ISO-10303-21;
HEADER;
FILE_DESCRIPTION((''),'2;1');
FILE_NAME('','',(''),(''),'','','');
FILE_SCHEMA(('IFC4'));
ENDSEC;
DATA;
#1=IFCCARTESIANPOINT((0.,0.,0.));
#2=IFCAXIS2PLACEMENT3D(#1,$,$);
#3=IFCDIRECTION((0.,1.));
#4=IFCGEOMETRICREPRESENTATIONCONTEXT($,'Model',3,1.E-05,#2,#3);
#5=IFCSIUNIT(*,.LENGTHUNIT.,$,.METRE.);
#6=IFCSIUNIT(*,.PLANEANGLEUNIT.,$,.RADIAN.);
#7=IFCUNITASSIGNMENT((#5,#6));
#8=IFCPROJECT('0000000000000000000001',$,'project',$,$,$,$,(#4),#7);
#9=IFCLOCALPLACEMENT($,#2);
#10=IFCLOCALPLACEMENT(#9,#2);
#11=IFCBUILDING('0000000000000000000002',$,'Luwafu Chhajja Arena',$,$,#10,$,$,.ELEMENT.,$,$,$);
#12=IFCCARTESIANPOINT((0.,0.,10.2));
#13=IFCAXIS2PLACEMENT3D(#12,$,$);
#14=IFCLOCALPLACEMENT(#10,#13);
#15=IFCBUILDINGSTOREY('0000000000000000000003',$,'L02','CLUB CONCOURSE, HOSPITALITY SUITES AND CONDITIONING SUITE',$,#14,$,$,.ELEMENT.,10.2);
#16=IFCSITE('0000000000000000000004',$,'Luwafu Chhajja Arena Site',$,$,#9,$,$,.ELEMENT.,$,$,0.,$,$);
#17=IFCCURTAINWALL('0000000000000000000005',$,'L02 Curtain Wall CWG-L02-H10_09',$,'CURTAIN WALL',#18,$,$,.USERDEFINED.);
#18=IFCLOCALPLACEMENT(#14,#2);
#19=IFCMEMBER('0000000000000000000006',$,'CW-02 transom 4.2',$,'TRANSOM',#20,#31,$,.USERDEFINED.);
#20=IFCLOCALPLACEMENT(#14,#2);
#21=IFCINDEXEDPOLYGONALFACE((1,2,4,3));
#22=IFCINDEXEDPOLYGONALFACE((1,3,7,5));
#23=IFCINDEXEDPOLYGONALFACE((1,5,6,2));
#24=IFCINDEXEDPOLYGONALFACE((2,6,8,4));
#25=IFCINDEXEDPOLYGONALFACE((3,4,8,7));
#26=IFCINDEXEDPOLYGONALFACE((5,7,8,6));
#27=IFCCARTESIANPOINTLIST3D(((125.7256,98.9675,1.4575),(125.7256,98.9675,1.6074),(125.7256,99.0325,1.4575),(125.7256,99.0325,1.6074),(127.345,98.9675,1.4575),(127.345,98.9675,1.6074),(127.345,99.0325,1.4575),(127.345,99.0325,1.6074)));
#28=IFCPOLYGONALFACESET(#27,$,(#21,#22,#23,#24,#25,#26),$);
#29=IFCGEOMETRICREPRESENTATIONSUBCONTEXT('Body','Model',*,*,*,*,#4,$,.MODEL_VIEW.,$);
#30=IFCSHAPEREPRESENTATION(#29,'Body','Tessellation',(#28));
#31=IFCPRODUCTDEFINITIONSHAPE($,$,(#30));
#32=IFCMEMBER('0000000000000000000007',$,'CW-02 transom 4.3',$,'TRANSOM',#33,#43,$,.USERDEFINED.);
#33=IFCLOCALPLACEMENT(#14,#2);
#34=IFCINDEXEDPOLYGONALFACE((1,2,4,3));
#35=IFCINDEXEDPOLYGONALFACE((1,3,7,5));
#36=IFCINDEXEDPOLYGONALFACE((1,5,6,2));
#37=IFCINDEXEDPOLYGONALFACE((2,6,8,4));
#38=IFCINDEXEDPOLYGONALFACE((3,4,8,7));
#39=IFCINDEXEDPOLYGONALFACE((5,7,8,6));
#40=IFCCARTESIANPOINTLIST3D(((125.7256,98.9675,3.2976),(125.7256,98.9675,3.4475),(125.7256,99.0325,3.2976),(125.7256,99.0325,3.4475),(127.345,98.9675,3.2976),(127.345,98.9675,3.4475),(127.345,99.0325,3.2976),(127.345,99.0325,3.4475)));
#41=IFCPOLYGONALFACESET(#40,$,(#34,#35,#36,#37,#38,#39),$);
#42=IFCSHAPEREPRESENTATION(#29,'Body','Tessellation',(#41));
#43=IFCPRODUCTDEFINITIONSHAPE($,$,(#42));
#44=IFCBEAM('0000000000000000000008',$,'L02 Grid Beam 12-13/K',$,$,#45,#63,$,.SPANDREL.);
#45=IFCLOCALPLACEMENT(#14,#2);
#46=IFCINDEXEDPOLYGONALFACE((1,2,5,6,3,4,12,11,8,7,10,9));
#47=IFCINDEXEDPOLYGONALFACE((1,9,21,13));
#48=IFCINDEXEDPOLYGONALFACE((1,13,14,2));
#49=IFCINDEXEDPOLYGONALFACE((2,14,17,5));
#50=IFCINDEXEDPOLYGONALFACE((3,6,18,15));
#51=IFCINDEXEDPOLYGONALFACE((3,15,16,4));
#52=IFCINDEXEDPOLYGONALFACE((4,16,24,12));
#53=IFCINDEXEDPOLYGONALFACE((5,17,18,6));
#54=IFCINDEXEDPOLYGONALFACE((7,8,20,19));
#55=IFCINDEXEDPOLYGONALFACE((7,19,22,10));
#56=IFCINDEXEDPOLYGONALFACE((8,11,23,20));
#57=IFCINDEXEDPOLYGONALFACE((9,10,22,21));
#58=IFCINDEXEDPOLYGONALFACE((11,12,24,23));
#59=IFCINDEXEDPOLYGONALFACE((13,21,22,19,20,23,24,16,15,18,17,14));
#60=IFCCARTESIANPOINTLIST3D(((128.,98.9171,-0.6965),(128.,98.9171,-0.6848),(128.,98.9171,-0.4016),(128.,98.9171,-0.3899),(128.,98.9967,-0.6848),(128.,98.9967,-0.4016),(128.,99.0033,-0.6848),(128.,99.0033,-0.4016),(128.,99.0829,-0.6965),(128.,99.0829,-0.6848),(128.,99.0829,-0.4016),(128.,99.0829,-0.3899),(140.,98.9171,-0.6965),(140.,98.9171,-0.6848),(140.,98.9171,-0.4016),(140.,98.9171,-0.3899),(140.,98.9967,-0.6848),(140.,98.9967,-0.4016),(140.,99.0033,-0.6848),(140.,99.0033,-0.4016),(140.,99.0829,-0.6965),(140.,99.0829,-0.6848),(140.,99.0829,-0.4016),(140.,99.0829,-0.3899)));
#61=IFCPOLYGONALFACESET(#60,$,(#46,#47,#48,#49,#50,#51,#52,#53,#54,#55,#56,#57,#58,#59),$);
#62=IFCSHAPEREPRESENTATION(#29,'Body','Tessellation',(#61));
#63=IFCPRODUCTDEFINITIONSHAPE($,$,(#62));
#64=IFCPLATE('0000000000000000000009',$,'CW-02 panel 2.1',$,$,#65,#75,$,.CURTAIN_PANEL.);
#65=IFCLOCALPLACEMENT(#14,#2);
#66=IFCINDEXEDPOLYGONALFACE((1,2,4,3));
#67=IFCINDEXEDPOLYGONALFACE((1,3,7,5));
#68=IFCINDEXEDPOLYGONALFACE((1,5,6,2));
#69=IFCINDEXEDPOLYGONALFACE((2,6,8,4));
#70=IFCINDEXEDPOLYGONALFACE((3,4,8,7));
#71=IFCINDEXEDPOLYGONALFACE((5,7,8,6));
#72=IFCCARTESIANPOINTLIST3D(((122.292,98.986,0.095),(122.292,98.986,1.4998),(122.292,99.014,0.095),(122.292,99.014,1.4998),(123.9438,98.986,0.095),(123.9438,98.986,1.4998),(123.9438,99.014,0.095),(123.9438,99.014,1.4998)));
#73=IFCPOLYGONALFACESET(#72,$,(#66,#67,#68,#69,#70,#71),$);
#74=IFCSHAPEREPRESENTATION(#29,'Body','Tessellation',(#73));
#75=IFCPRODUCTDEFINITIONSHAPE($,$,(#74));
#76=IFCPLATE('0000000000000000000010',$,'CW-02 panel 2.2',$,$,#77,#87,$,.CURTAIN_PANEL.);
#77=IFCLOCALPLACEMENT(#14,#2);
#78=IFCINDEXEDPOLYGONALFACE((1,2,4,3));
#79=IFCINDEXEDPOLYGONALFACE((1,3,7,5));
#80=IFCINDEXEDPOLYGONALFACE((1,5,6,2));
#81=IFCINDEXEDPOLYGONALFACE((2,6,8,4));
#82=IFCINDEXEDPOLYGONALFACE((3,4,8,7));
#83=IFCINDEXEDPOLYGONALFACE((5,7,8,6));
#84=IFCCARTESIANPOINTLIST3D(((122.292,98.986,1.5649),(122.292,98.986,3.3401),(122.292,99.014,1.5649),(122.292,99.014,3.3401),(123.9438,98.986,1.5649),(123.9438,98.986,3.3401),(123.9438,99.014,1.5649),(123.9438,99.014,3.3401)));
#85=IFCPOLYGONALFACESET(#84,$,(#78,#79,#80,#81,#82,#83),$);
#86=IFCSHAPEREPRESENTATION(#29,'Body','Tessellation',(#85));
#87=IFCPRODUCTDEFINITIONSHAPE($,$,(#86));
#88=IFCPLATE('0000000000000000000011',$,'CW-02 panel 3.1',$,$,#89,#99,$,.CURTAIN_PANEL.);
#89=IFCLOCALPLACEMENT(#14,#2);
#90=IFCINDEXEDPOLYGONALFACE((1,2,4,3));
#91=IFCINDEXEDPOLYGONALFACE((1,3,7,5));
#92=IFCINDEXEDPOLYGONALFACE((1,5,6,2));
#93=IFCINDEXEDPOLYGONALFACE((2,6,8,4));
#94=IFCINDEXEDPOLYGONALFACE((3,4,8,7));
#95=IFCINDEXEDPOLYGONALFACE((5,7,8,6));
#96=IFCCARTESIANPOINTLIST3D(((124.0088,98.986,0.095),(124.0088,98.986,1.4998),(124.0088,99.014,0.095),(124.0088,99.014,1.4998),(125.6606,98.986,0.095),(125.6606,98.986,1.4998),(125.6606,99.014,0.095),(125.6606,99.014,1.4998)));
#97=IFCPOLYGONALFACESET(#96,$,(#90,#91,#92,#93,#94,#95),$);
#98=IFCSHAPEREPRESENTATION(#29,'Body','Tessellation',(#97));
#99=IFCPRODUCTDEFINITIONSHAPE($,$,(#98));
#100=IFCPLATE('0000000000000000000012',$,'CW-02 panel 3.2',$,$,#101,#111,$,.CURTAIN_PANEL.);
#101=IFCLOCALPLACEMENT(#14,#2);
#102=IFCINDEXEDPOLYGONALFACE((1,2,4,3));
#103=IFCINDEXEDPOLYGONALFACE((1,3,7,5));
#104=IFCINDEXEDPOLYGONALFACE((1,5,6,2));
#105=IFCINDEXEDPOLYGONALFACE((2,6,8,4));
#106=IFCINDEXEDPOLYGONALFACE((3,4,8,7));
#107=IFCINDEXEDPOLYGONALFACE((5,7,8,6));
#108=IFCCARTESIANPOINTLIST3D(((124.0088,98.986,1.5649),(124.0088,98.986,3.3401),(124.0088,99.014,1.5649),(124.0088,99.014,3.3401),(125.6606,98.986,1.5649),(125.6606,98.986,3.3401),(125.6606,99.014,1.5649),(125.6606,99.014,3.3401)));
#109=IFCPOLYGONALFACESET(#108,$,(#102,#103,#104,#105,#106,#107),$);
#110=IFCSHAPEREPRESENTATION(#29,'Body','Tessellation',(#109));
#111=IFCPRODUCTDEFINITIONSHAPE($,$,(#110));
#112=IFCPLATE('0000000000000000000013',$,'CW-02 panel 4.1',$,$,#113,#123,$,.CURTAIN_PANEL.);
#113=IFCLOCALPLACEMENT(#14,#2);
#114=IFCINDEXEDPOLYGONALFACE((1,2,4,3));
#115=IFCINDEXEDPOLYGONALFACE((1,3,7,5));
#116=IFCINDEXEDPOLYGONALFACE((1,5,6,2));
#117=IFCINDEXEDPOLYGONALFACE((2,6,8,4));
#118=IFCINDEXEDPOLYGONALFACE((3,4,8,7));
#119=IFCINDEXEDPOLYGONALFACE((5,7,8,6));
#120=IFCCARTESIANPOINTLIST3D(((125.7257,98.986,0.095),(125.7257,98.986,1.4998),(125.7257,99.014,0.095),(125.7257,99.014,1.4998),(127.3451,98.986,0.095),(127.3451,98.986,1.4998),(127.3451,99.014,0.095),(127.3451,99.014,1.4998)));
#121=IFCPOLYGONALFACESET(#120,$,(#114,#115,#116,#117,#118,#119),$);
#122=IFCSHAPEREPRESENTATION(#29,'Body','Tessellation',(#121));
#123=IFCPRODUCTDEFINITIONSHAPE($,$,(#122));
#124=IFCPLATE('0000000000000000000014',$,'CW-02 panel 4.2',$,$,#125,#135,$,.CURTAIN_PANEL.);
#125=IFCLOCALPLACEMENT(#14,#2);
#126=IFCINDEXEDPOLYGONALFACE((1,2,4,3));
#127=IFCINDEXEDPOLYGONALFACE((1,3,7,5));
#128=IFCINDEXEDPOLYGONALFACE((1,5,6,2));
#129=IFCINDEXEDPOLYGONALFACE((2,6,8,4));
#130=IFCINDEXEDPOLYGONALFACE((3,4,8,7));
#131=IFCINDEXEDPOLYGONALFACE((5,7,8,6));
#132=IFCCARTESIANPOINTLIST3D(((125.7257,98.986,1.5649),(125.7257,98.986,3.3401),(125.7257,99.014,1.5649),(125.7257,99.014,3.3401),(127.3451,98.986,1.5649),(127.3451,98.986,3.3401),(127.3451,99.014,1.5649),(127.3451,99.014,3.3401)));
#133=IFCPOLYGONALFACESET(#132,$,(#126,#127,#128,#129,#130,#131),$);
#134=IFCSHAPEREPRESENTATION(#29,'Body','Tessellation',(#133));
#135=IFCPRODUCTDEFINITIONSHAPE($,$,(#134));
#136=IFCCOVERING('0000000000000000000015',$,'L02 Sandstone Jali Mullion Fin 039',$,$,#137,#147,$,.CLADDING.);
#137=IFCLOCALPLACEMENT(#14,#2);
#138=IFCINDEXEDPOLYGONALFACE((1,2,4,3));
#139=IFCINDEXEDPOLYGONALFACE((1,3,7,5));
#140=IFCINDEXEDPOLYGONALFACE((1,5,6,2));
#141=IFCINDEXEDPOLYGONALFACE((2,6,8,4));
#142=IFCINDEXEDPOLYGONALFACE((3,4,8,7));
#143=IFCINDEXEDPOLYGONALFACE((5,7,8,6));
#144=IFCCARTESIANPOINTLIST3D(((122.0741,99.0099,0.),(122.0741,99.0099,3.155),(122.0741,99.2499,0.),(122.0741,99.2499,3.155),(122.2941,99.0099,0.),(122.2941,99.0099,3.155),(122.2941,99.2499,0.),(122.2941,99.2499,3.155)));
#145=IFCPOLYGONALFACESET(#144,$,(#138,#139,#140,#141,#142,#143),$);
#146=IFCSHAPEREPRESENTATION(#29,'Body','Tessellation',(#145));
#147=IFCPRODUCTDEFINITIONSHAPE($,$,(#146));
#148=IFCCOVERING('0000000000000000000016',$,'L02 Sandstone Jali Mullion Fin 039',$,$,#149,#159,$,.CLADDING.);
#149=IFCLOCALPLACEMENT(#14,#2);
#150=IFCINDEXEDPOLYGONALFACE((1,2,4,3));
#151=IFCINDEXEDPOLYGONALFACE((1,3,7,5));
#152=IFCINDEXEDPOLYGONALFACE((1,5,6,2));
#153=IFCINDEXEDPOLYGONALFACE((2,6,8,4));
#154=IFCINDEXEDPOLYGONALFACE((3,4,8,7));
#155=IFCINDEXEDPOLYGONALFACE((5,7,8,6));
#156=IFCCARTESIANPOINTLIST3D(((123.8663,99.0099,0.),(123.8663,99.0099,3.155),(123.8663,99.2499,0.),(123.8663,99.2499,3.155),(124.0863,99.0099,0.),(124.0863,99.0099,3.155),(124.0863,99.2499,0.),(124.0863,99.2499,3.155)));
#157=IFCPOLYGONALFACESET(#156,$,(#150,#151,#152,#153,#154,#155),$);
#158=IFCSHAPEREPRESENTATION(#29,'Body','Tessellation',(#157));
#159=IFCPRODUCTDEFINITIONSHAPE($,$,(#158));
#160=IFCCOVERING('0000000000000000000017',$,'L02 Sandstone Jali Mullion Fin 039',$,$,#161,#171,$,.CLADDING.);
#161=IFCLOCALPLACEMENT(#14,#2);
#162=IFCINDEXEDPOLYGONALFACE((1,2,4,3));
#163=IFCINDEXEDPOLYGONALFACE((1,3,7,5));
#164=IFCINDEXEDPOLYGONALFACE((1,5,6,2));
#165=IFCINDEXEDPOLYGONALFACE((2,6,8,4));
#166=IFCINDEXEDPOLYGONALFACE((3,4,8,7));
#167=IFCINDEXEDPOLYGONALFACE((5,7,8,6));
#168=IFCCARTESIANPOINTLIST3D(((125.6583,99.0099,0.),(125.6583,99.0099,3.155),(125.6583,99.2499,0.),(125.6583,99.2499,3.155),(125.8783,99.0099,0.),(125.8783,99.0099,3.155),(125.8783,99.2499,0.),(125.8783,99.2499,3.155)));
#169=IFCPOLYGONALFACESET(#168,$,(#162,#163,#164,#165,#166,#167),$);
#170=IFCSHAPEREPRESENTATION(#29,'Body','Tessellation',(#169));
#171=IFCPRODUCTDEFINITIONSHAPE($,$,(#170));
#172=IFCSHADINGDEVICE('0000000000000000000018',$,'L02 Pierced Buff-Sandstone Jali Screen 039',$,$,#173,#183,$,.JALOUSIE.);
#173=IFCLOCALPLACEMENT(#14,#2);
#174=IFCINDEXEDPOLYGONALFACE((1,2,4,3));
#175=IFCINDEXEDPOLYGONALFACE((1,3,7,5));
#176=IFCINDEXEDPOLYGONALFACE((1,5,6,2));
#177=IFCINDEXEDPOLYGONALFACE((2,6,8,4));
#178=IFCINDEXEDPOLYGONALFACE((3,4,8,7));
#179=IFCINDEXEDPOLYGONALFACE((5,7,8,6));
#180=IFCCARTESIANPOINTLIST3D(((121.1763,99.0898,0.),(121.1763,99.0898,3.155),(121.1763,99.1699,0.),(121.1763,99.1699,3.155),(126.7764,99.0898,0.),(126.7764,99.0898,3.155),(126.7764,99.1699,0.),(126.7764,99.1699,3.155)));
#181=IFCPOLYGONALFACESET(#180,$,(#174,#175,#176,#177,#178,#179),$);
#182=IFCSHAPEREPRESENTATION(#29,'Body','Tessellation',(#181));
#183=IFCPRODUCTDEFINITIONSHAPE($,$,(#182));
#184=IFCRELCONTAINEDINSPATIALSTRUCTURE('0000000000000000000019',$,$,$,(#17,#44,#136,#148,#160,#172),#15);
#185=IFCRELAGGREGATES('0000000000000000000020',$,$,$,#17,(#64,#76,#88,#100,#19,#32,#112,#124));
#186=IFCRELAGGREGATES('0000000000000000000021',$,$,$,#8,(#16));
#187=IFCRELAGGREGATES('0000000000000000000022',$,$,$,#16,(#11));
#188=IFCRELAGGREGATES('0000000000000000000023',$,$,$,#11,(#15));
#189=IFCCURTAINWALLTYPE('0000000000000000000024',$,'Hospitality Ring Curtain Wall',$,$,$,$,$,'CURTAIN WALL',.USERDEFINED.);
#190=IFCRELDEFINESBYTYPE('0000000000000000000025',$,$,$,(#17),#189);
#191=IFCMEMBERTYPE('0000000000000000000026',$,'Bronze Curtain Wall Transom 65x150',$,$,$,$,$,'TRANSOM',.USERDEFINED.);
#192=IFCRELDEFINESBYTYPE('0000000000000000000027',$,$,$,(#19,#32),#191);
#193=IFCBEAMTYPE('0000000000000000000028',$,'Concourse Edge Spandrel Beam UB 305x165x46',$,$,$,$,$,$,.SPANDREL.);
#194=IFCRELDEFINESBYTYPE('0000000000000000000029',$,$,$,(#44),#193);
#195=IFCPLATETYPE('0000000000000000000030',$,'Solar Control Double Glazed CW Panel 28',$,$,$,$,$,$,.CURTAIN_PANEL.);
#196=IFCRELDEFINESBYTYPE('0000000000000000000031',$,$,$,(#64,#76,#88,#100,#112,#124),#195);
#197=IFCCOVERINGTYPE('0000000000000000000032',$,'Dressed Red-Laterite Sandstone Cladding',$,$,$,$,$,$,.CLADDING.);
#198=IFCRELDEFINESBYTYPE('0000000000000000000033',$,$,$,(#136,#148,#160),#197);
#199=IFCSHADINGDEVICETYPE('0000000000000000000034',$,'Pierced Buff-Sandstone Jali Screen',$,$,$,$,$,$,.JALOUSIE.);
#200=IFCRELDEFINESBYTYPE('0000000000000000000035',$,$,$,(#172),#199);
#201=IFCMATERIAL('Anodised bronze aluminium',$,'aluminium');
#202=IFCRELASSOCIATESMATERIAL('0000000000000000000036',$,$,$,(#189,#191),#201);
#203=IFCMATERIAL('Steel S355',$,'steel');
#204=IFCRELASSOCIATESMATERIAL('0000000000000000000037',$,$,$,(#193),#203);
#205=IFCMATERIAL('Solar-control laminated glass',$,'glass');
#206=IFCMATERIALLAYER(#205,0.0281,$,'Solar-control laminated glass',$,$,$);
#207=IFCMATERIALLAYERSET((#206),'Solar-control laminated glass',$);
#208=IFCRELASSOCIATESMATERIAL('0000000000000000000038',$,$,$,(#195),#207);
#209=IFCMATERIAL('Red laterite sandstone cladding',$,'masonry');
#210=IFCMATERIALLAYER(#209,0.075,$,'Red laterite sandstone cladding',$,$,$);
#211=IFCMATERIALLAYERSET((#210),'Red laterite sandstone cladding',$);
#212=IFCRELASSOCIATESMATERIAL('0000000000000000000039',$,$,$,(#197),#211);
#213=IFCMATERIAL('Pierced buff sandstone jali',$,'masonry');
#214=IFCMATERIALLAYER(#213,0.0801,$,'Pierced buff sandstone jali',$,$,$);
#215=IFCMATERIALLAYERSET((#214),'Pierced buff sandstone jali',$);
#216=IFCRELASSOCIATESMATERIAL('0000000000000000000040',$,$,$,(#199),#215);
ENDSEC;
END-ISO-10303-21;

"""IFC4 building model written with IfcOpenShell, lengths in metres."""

from ifc_helpers import new_model, si_unit, direction, frame, origin, origin_2d, place, context, subcontext, project, spatial, rectangle, i_section, extrude, material, layer, layer_set, material_profile, profile_set, type_object, element, aggregate, save


model = new_model("IFC4")

# Units and contexts
model_context = context("Model", 3, precision=1e-05, world=origin(), true_north=direction((0.0, 1.0)))
body_context = subcontext(model_context, "Body", "Model", "MODEL_VIEW")
ifc_project = project(units=[si_unit("LENGTHUNIT", "METRE"), si_unit("PLANEANGLEUNIT", "RADIAN")], contexts=[model_context])

# Site, building, storey
site_placement = place(None, origin())
site = spatial("IfcSite", under=ifc_project, at=site_placement, Name="Luwafu Chhajja Arena Site", CompositionType="ELEMENT", RefElevation=0.0)
building_placement = place(site_placement, origin())
building = spatial("IfcBuilding", under=site, at=building_placement, Name="Luwafu Chhajja Arena", CompositionType="ELEMENT")
storey_placement = place(building_placement, frame((0.0, 0.0, 10.2)))
storey = spatial("IfcBuildingStorey", under=building, at=storey_placement, Name="L02", Description="CLUB CONCOURSE, HOSPITALITY SUITES AND CONDITIONING SUITE", CompositionType="ELEMENT", Elevation=10.2)

# Curtain wall, members
ifc_material_1 = material(Name="Anodised bronze aluminium", Category="aluminium")
curtain_wall_type = type_object("IfcCurtainWallType", Name="Hospitality Ring Curtain Wall", ElementType="CURTAIN WALL", PredefinedType="USERDEFINED", material=ifc_material_1)
curtain_wall_placement = place(storey_placement, origin())
curtain_wall = element("IfcCurtainWall", 1, at=curtain_wall_placement, inside=storey, type_object=curtain_wall_type, Name="L02 Curtain Wall CWG-L02-H10_09", ObjectType="CURTAIN WALL", PredefinedType="USERDEFINED")
ifc_material_profile_1 = material_profile(ifc_material_1, rectangle(XDim=0.0649, YDim=0.1499, at=origin_2d()), Name="CWT 65x150")
ifc_profile_set_1 = profile_set([ifc_material_profile_1], Name="Anodised bronze aluminium")
member_type_1 = type_object("IfcMemberType", Name="Bronze Curtain Wall Transom 65x150", ElementType="TRANSOM", PredefinedType="USERDEFINED", material=ifc_profile_set_1)
member_1_placement = place(storey_placement, frame((125.7256, 99.0, 1.5325), z_axis=(1.0, 0.0, 0.0), x_axis=(0.0, 1.0, 0.0)))
member_1 = element("IfcMember", 2, at=member_1_placement, type_object=member_type_1, Name="CW-02 transom 4.2", ObjectType="TRANSOM", PredefinedType="USERDEFINED", context=body_context, shape_type="SweptSolid", body=[
    extrude(rectangle(XDim=0.0649, YDim=0.1499, at=origin_2d()), origin(), (0.0, 0.0, 1.0), 1.6194),
])
member_2_placement = place(storey_placement, frame((125.7256, 99.0, 3.3726), z_axis=(1.0, 0.0, 0.0), x_axis=(0.0, 1.0, 0.0)))
member_2 = element("IfcMember", 3, at=member_2_placement, type_object=member_type_1, Name="CW-02 transom 4.3", ObjectType="TRANSOM", PredefinedType="USERDEFINED", context=body_context, shape_type="SweptSolid", body=[
    extrude(rectangle(XDim=0.0649, YDim=0.1499, at=origin_2d()), origin(), (0.0, 0.0, 1.0), 1.6194),
])

# Beam
ifc_material_2 = material(Name="Steel S355", Category="steel")
ifc_material_profile_2 = material_profile(ifc_material_2, i_section(OverallWidth=0.1658, OverallDepth=0.3066, WebThickness=0.0066, FlangeThickness=0.0117, at=origin_2d()), Name="UB 305x165x46")
ifc_profile_set_2 = profile_set([ifc_material_profile_2], Name="Steel S355")
beam_type = type_object("IfcBeamType", Name="Concourse Edge Spandrel Beam UB 305x165x46", PredefinedType="SPANDREL", material=ifc_profile_set_2)
beam_placement = place(storey_placement, frame((128.0, 99.0, -0.5432), z_axis=(1.0, 0.0, 0.0), x_axis=(0.0, 1.0, 0.0)))
element("IfcBeam", 4, at=beam_placement, inside=storey, type_object=beam_type, Name="L02 Grid Beam 12-13/K", PredefinedType="SPANDREL", context=body_context, shape_type="SweptSolid", body=[
    extrude(i_section(OverallWidth=0.1658, OverallDepth=0.3066, WebThickness=0.0066, FlangeThickness=0.0117, at=origin_2d()), origin(), (0.0, 0.0, 1.0), 12.0),
])

# Plates
ifc_material_3 = material(Name="Solar-control laminated glass", Category="glass")
ifc_layer_1 = layer(ifc_material_3, 0.0281, Name="Solar-control laminated glass")
ifc_layer_set_1 = layer_set([ifc_layer_1], Name="Solar-control laminated glass")
plate_type = type_object("IfcPlateType", Name="Solar Control Double Glazed CW Panel 28", PredefinedType="CURTAIN_PANEL", material=ifc_layer_set_1)
plate_1_placement = place(storey_placement, frame((123.1179, 99.0, 0.095), z_axis=(0.0, 0.0, 1.0), x_axis=(1.0, 0.0, 0.0)))
plate_1 = element("IfcPlate", 5, at=plate_1_placement, type_object=plate_type, Name="CW-02 panel 2.1", PredefinedType="CURTAIN_PANEL", context=body_context, shape_type="SweptSolid", body=[
    extrude(rectangle(XDim=1.6519, YDim=0.0281, at=origin_2d()), origin(), (0.0, 0.0, 1.0), 1.4048),
])
plate_2_placement = place(storey_placement, frame((123.1179, 99.0, 1.5649), z_axis=(0.0, 0.0, 1.0), x_axis=(1.0, 0.0, 0.0)))
plate_2 = element("IfcPlate", 6, at=plate_2_placement, type_object=plate_type, Name="CW-02 panel 2.2", PredefinedType="CURTAIN_PANEL", context=body_context, shape_type="SweptSolid", body=[
    extrude(rectangle(XDim=1.6519, YDim=0.0281, at=origin_2d()), origin(), (0.0, 0.0, 1.0), 1.7751),
])
plate_3_placement = place(storey_placement, frame((124.8347, 99.0, 0.095), z_axis=(0.0, 0.0, 1.0), x_axis=(1.0, 0.0, 0.0)))
plate_3 = element("IfcPlate", 7, at=plate_3_placement, type_object=plate_type, Name="CW-02 panel 3.1", PredefinedType="CURTAIN_PANEL", context=body_context, shape_type="SweptSolid", body=[
    extrude(rectangle(XDim=1.6519, YDim=0.0281, at=origin_2d()), origin(), (0.0, 0.0, 1.0), 1.4048),
])
plate_4_placement = place(storey_placement, frame((124.8347, 99.0, 1.5649), z_axis=(0.0, 0.0, 1.0), x_axis=(1.0, 0.0, 0.0)))
plate_4 = element("IfcPlate", 8, at=plate_4_placement, type_object=plate_type, Name="CW-02 panel 3.2", PredefinedType="CURTAIN_PANEL", context=body_context, shape_type="SweptSolid", body=[
    extrude(rectangle(XDim=1.6519, YDim=0.0281, at=origin_2d()), origin(), (0.0, 0.0, 1.0), 1.7751),
])
plate_5_placement = place(storey_placement, frame((126.5354, 99.0, 0.095), z_axis=(0.0, 0.0, 1.0), x_axis=(1.0, 0.0, 0.0)))
plate_5 = element("IfcPlate", 9, at=plate_5_placement, type_object=plate_type, Name="CW-02 panel 4.1", PredefinedType="CURTAIN_PANEL", context=body_context, shape_type="SweptSolid", body=[
    extrude(rectangle(XDim=1.6194, YDim=0.0281, at=origin_2d()), origin(), (0.0, 0.0, 1.0), 1.4048),
])
plate_6_placement = place(storey_placement, frame((126.5354, 99.0, 1.5649), z_axis=(0.0, 0.0, 1.0), x_axis=(1.0, 0.0, 0.0)))
plate_6 = element("IfcPlate", 10, at=plate_6_placement, type_object=plate_type, Name="CW-02 panel 4.2", PredefinedType="CURTAIN_PANEL", context=body_context, shape_type="SweptSolid", body=[
    extrude(rectangle(XDim=1.6194, YDim=0.0281, at=origin_2d()), origin(), (0.0, 0.0, 1.0), 1.7751),
])
aggregate(curtain_wall, [plate_1, plate_2, plate_3, plate_4, member_1, member_2, plate_5, plate_6])

# Coverings
ifc_material_4 = material(Name="Red laterite sandstone cladding", Category="masonry")
ifc_layer_2 = layer(ifc_material_4, 0.075, Name="Red laterite sandstone cladding")
ifc_layer_set_2 = layer_set([ifc_layer_2], Name="Red laterite sandstone cladding")
covering_type = type_object("IfcCoveringType", Name="Dressed Red-Laterite Sandstone Cladding", PredefinedType="CLADDING", material=ifc_layer_set_2)
for number, where, z_axis, x_axis, name in (
    (11, (122.1841, 99.1299, 0.0), (0.0, 0.0, 1.0), (1.0, 0.0, 0.0), "L02 Sandstone Jali Mullion Fin 039"),
    (12, (123.9763, 99.1299, 0.0), (0.0, 0.0, 1.0), (1.0, 0.0, 0.0), "L02 Sandstone Jali Mullion Fin 039"),
    (13, (125.7683, 99.1299, 0.0), (0.0, 0.0, 1.0), (1.0, 0.0, 0.0), "L02 Sandstone Jali Mullion Fin 039"),
):
    element("IfcCovering", number, at=place(storey_placement, frame(where, z_axis=z_axis, x_axis=x_axis)), inside=storey, type_object=covering_type, Name=name, PredefinedType="CLADDING", context=body_context, shape_type="SweptSolid", body=[
        extrude(rectangle(XDim=0.22, YDim=0.24, at=origin_2d()), origin(), (0.0, 0.0, 1.0), 3.155),
    ])

# Shading device
ifc_material_5 = material(Name="Pierced buff sandstone jali", Category="masonry")
ifc_layer_3 = layer(ifc_material_5, 0.0801, Name="Pierced buff sandstone jali")
ifc_layer_set_3 = layer_set([ifc_layer_3], Name="Pierced buff sandstone jali")
shading_device_type = type_object("IfcShadingDeviceType", Name="Pierced Buff-Sandstone Jali Screen", PredefinedType="JALOUSIE", material=ifc_layer_set_3)
shading_device_placement = place(storey_placement, frame((123.9763, 99.1299, 0.0), z_axis=(0.0, 0.0, 1.0), x_axis=(1.0, 0.0, 0.0)))
element("IfcShadingDevice", 14, at=shading_device_placement, inside=storey, type_object=shading_device_type, Name="L02 Pierced Buff-Sandstone Jali Screen 039", PredefinedType="JALOUSIE", context=body_context, shape_type="SweptSolid", body=[
    extrude(rectangle(XDim=5.6001, YDim=0.0801, at=origin_2d()), origin(), (0.0, 0.0, 1.0), 3.155),
])

save(model, "model.ifc")
